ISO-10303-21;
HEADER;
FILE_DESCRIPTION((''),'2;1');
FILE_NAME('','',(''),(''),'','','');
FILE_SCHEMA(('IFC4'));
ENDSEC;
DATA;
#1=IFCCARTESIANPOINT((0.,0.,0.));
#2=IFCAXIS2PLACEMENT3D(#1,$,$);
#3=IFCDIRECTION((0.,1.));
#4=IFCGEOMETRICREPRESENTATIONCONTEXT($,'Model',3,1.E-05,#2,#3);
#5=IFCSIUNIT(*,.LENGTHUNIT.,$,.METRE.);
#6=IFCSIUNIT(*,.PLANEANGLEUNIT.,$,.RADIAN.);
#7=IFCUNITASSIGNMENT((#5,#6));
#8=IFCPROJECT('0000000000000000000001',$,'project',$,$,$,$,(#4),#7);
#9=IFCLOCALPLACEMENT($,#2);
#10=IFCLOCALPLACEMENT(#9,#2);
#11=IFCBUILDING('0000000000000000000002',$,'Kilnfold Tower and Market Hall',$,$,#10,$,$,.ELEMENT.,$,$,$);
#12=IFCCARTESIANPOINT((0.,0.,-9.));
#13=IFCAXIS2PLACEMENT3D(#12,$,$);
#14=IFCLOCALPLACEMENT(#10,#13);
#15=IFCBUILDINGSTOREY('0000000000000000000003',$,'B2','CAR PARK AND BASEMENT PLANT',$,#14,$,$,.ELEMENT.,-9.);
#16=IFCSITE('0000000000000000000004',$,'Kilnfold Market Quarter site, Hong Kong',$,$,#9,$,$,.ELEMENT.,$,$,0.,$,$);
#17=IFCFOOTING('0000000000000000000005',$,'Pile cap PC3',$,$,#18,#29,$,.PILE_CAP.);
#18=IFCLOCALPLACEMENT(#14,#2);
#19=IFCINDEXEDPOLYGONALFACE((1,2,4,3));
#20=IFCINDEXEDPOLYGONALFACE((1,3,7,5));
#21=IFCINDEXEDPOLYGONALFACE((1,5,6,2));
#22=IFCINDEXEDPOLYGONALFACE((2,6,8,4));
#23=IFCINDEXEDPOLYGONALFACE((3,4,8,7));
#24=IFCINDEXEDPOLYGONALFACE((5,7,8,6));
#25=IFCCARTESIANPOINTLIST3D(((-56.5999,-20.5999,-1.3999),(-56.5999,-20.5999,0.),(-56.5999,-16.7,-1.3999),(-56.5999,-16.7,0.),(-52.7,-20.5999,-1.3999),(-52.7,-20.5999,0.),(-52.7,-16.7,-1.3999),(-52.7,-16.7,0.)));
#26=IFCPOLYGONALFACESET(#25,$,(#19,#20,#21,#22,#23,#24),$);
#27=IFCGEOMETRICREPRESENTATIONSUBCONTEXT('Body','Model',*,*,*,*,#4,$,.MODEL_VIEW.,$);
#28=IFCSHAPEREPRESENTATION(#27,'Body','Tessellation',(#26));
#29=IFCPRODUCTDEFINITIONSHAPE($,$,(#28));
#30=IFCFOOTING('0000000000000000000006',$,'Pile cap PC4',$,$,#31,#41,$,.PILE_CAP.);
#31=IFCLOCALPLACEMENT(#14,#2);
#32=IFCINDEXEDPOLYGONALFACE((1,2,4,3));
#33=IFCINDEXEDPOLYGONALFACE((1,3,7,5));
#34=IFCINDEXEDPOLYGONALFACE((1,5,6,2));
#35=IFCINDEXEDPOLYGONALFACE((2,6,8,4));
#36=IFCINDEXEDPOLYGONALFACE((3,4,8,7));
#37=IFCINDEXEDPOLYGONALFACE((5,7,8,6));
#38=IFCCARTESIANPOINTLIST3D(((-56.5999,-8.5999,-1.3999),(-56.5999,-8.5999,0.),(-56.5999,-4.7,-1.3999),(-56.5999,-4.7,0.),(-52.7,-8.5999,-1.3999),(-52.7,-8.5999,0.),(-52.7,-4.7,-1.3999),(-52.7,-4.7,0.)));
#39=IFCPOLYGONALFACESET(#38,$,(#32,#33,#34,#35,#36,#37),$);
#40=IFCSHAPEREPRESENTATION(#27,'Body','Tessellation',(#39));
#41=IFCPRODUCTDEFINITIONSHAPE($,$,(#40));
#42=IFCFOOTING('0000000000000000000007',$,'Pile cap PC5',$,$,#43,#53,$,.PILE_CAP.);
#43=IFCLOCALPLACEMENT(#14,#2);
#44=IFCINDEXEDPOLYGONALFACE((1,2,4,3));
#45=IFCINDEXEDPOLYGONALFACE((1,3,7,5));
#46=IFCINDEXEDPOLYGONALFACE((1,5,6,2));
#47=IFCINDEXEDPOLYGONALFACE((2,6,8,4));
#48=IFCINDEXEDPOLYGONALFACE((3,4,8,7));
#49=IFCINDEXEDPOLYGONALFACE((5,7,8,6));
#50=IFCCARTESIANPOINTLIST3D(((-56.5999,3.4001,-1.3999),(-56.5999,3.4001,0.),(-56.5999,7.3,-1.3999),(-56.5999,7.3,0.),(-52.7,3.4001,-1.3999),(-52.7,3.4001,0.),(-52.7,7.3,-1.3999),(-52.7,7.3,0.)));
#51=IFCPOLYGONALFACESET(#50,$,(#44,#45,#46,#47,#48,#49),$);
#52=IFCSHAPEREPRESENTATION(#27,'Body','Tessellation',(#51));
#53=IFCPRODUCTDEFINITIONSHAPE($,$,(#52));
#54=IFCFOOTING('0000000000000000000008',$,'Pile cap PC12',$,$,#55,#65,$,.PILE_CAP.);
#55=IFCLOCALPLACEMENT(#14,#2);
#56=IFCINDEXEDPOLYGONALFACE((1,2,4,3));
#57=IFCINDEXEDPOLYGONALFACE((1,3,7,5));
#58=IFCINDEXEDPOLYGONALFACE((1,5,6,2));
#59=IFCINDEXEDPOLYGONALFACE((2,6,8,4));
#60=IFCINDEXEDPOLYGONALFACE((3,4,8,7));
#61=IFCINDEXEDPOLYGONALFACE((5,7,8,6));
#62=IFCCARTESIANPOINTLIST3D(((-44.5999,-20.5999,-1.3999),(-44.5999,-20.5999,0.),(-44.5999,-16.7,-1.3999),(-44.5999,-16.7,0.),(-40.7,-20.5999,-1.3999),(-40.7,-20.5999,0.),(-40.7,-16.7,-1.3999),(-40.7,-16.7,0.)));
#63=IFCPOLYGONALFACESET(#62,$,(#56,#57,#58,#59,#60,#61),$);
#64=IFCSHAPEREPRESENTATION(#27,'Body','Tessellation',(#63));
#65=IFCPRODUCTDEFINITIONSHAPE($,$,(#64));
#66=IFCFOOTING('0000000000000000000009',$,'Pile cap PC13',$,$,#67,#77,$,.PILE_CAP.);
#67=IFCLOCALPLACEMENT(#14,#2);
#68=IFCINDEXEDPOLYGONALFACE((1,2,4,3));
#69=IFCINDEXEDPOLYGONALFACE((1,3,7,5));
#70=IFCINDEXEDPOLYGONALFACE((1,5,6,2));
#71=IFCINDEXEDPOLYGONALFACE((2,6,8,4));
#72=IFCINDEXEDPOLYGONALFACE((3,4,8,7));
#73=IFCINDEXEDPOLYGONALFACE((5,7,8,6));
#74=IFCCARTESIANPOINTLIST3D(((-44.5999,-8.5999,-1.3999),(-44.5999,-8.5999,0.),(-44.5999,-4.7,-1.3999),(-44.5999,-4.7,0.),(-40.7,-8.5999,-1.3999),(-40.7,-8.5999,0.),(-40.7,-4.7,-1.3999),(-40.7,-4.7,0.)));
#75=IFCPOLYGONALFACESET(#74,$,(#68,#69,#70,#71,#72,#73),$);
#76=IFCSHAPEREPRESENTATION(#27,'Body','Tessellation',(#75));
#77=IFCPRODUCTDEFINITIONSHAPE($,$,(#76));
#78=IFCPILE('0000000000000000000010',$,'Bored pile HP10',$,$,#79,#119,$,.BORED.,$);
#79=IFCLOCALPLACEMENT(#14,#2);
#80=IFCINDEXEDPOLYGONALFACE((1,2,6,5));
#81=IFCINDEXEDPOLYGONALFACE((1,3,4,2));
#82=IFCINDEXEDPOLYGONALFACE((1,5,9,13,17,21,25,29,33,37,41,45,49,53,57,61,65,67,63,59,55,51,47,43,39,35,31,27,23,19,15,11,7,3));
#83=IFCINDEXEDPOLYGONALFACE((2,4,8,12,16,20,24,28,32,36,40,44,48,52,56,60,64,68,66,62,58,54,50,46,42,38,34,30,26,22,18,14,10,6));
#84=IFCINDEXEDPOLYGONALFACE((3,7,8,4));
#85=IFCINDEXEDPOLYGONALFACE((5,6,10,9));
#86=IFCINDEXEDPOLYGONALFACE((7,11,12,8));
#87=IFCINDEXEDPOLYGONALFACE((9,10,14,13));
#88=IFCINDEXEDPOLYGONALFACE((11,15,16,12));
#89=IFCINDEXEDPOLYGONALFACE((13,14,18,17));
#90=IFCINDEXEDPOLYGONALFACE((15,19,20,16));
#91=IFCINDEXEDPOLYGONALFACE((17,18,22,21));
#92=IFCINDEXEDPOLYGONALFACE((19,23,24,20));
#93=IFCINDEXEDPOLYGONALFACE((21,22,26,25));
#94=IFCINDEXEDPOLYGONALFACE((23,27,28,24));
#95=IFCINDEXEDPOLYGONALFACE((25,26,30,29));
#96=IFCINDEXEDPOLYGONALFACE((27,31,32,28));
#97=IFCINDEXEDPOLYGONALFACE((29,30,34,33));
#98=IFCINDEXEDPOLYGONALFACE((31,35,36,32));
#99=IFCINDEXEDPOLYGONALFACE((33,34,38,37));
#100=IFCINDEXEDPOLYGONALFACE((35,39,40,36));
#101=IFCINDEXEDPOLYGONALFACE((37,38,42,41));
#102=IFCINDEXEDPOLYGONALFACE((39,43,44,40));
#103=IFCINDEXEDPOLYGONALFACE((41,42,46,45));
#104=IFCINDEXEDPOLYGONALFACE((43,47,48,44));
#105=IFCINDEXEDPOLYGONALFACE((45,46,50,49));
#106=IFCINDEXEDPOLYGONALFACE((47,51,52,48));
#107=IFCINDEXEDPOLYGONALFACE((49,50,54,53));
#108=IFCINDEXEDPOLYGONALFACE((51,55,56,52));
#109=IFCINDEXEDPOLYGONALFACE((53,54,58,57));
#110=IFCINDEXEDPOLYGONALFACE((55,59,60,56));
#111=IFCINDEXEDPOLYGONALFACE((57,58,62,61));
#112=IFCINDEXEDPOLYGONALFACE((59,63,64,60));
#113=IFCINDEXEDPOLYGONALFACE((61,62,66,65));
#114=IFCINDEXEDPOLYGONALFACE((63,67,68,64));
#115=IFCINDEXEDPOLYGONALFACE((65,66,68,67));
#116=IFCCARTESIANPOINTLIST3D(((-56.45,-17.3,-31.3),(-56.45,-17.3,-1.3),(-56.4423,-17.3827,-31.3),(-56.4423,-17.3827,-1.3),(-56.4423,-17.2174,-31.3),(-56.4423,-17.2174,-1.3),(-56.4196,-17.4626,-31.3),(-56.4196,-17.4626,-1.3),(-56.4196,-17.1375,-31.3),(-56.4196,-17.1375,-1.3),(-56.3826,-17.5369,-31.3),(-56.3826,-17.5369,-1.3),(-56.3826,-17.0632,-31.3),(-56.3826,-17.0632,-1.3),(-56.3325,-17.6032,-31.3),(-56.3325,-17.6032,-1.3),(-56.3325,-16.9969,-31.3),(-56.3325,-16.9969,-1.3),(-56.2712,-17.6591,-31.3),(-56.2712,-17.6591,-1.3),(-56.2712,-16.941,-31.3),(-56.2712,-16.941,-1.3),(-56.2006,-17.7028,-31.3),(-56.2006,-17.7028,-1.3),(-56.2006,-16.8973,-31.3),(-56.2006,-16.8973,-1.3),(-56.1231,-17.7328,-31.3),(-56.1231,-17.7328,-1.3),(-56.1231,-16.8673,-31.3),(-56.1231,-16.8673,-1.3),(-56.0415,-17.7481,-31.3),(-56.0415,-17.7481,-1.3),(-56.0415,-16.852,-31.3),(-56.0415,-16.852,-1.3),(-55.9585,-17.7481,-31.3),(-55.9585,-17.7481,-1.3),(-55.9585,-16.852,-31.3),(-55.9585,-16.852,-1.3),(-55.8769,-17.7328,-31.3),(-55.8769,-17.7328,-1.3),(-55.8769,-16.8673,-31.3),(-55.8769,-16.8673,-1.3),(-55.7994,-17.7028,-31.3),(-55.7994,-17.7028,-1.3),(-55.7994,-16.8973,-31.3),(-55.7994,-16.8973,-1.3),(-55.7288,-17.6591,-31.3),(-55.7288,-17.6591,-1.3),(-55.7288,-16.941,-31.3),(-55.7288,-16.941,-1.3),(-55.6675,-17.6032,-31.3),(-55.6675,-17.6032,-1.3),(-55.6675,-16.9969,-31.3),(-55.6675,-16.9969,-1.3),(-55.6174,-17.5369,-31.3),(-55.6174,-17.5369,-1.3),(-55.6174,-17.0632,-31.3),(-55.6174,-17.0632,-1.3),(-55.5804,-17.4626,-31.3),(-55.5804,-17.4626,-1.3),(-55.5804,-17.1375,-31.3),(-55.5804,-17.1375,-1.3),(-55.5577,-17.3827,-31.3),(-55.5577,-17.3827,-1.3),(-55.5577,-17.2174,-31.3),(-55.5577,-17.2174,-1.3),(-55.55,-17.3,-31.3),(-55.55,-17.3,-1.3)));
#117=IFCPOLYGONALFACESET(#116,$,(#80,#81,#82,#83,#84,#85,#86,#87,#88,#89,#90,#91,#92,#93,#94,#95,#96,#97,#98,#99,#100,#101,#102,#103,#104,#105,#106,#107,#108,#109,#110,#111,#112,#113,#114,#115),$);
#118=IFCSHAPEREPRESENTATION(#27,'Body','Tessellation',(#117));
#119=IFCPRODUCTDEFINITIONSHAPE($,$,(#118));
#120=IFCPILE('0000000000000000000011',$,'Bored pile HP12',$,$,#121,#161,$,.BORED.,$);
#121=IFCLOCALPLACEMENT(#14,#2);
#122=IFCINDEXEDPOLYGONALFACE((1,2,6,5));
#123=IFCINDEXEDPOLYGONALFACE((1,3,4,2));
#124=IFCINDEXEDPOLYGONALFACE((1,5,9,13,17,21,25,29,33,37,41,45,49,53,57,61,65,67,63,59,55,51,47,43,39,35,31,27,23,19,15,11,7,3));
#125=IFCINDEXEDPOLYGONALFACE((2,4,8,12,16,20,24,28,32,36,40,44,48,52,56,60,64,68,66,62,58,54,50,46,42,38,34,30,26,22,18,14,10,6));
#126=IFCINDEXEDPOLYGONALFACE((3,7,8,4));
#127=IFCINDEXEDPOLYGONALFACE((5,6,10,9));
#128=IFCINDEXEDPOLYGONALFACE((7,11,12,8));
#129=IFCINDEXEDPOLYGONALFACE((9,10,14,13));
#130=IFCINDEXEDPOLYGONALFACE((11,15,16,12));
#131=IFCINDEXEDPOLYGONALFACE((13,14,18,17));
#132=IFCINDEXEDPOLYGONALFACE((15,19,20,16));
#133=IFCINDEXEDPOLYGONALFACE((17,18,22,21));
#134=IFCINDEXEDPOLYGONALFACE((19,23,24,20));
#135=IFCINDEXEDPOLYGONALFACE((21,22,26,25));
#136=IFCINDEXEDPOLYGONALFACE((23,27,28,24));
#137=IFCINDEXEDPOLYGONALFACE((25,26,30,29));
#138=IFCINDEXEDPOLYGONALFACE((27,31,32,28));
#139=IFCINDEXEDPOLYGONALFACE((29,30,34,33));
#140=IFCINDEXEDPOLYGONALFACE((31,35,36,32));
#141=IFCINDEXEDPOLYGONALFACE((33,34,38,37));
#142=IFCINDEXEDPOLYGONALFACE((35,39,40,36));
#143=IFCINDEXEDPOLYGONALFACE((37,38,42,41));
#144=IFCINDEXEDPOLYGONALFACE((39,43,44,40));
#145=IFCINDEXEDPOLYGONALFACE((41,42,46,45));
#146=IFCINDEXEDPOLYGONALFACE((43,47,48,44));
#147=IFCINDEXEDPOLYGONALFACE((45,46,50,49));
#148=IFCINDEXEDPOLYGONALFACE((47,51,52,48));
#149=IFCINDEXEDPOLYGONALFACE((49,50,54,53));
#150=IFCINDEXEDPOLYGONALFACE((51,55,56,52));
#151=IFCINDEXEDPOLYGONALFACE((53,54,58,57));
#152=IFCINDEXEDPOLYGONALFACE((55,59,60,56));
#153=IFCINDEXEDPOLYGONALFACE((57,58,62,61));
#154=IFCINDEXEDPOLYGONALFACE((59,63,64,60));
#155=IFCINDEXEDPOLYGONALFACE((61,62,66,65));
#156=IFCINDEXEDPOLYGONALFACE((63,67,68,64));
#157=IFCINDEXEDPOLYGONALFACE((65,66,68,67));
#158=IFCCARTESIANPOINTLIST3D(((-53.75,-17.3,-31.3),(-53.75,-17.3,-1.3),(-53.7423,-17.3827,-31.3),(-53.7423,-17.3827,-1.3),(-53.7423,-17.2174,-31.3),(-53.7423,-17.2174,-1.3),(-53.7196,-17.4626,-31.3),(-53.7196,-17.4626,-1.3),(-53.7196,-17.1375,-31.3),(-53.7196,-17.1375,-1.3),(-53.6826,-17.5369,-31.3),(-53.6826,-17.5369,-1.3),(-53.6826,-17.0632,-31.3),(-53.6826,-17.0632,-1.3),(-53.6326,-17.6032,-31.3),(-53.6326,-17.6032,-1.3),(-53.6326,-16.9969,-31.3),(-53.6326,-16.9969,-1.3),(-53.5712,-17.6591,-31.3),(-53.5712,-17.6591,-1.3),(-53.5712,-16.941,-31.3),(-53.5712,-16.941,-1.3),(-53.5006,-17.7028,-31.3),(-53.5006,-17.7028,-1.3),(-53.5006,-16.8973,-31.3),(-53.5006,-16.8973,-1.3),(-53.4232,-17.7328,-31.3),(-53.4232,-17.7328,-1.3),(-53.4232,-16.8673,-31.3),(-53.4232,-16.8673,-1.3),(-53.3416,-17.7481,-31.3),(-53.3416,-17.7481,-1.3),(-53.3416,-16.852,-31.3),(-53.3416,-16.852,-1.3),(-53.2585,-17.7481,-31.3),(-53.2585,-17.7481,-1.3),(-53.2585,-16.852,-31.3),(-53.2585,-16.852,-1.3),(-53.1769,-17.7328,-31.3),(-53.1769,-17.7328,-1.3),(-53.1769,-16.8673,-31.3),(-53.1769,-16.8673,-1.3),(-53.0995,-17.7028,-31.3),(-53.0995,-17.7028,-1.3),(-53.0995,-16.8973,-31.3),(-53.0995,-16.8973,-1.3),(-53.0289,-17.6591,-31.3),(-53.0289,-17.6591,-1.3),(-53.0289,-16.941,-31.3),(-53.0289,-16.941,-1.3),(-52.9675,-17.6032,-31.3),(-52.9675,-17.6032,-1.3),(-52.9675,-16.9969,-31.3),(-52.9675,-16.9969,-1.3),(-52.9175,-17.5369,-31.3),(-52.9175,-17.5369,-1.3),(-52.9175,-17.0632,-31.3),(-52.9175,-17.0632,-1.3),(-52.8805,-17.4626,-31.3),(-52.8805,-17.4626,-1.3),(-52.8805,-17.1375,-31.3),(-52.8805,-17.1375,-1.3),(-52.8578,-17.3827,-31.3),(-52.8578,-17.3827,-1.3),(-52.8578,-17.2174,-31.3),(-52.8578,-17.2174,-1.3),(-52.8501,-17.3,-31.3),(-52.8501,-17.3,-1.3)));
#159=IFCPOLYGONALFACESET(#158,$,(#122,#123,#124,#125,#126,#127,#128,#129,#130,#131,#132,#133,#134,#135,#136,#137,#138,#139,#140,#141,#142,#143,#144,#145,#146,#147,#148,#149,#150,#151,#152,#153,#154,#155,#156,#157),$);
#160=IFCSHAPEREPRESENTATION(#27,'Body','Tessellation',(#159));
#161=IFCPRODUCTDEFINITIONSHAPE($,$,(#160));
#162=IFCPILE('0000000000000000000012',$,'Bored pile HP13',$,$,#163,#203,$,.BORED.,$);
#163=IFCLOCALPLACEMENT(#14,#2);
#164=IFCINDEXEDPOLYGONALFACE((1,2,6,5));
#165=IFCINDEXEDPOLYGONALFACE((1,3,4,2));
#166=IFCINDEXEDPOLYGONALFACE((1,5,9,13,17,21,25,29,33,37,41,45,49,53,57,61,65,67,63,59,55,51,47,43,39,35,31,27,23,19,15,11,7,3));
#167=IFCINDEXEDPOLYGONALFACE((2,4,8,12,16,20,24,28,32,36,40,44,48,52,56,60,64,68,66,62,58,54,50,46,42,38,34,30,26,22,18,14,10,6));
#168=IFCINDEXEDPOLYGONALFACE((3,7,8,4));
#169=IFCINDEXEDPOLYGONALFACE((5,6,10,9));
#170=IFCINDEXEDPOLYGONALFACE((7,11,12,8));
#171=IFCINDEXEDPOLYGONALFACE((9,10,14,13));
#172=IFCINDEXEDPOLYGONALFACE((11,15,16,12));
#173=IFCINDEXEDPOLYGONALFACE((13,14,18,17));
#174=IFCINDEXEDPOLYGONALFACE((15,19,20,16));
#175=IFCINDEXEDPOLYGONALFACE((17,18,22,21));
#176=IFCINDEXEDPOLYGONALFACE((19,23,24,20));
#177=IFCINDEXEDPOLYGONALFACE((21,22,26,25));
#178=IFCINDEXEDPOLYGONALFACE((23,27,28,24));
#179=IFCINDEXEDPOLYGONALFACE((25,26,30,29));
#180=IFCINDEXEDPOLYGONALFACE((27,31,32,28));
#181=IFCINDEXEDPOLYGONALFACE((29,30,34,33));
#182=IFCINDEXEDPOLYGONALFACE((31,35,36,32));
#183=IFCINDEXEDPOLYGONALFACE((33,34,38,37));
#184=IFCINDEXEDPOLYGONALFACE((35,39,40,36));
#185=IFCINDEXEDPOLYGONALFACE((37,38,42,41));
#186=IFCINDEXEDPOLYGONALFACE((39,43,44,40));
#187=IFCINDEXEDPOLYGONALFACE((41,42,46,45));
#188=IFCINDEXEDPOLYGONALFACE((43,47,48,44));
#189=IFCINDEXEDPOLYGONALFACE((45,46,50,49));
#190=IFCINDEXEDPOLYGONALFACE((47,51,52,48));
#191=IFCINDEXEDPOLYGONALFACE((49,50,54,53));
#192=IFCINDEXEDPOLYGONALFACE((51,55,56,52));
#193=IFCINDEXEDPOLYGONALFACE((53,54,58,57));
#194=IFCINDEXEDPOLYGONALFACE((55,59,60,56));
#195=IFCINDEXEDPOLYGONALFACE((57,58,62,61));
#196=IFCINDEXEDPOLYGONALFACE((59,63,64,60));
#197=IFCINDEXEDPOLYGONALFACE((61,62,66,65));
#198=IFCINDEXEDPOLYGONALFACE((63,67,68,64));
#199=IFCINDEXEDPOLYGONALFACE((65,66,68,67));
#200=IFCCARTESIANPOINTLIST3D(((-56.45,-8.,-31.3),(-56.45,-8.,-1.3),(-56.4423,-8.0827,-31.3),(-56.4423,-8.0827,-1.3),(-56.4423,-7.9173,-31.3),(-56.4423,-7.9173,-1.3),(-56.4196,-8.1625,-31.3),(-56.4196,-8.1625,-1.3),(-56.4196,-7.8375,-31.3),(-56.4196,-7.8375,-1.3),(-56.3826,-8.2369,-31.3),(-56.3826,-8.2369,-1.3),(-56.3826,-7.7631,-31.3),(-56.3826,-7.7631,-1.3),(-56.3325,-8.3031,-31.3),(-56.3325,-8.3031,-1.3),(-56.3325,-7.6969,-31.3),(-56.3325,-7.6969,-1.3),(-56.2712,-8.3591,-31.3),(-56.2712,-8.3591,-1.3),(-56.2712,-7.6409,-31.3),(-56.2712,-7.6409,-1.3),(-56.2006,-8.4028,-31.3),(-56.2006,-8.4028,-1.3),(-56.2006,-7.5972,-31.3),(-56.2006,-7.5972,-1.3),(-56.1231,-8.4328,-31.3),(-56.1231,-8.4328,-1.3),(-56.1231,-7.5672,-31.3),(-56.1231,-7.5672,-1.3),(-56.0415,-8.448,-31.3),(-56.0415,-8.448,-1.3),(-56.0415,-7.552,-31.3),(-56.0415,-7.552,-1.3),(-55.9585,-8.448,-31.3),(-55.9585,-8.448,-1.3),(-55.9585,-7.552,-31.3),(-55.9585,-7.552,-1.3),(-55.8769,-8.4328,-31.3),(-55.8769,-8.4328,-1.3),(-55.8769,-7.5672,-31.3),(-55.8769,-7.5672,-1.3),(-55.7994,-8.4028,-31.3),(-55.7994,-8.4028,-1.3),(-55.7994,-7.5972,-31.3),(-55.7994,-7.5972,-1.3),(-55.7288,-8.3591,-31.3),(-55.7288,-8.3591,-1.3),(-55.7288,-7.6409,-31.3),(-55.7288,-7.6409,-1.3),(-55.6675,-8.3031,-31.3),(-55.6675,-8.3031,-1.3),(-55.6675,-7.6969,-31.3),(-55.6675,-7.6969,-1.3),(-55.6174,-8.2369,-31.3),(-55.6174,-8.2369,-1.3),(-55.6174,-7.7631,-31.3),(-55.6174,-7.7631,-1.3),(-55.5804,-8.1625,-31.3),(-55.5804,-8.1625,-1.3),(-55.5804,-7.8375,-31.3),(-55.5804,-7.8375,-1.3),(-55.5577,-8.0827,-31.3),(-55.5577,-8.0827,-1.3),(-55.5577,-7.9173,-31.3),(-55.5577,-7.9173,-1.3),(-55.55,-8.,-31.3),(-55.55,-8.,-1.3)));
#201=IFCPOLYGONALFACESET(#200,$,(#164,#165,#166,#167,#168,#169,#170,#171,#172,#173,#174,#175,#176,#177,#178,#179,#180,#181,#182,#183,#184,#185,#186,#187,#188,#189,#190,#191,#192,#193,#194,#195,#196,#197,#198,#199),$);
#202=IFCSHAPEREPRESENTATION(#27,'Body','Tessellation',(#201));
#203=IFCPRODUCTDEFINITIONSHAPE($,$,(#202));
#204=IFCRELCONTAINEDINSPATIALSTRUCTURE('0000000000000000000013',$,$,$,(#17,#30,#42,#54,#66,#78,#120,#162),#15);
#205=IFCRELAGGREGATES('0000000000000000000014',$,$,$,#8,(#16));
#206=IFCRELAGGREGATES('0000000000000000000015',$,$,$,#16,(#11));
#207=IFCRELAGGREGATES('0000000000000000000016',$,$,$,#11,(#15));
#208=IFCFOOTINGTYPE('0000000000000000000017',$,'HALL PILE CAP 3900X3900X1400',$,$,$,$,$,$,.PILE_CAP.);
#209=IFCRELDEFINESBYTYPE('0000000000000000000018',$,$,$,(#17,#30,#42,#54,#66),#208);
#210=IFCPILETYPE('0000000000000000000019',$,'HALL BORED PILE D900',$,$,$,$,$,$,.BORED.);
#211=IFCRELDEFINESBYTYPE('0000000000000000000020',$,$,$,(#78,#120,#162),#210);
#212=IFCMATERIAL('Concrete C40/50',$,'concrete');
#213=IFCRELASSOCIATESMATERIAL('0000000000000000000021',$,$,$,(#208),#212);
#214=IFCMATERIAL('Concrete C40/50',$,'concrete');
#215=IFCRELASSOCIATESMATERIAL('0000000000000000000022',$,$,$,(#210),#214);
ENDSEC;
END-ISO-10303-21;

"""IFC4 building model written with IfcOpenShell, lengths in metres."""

from ifc_helpers import new_model, si_unit, direction, frame, origin, origin_2d, place, context, subcontext, project, spatial, rectangle, circle, extrude, source, transform, mapped, material, material_profile, profile_set, type_object, element, save


model = new_model("IFC4")

# Units and contexts
model_context = context("Model", 3, precision=1e-05, world=origin(), true_north=direction((0.0, 1.0)))
body_context = subcontext(model_context, "Body", "Model", "MODEL_VIEW")
ifc_project = project(units=[si_unit("LENGTHUNIT", "METRE"), si_unit("PLANEANGLEUNIT", "RADIAN")], contexts=[model_context])

# Site, building, storey
site_placement = place(None, origin())
site = spatial("IfcSite", under=ifc_project, at=site_placement, Name="Kilnfold Market Quarter site, Hong Kong", CompositionType="ELEMENT", RefElevation=0.0)
building_placement = place(site_placement, origin())
building = spatial("IfcBuilding", under=site, at=building_placement, Name="Kilnfold Tower and Market Hall", CompositionType="ELEMENT")
storey_placement = place(building_placement, frame((0.0, 0.0, -9.0)))
storey = spatial("IfcBuildingStorey", under=building, at=storey_placement, Name="B2", Description="CAR PARK AND BASEMENT PLANT", CompositionType="ELEMENT", Elevation=-9.0)

# Footings
ifc_material_1 = material(Name="Concrete C40/50", Category="concrete")
footing_type = type_object("IfcFootingType", Name="HALL PILE CAP 3900X3900X1400", PredefinedType="PILE_CAP", material=ifc_material_1)
shared_shape_1 = source(origin(), body_context, "Body", "SweptSolid", [
    extrude(rectangle(XDim=3.8999, YDim=3.8999, at=origin_2d()), origin(), (0.0, 0.0, 1.0), 1.3999),
])
for number, where, z_axis, x_axis, name in (
    (1, (-54.6499, -18.6499, -1.3999), (0.0, 0.0, 1.0), (1.0, 0.0, 0.0), "Pile cap PC3"),
    (2, (-54.6499, -6.6499, -1.3999), (0.0, 0.0, 1.0), (1.0, 0.0, 0.0), "Pile cap PC4"),
    (3, (-54.6499, 5.3501, -1.3999), (0.0, 0.0, 1.0), (1.0, 0.0, 0.0), "Pile cap PC5"),
    (4, (-42.6499, -18.6499, -1.3999), (0.0, 0.0, 1.0), (1.0, 0.0, 0.0), "Pile cap PC12"),
    (5, (-42.6499, -6.6499, -1.3999), (0.0, 0.0, 1.0), (1.0, 0.0, 0.0), "Pile cap PC13"),
):
    element("IfcFooting", number, at=place(storey_placement, frame(where, z_axis=z_axis, x_axis=x_axis)), inside=storey, type_object=footing_type, Name=name, PredefinedType="PILE_CAP", context=body_context, shape_type="MappedRepresentation", body=[
        mapped(shared_shape_1, transform((0.0, 0.0, 0.0))),
    ])

# Piles
ifc_material_2 = material(Name="Concrete C40/50", Category="concrete")
ifc_material_profile_1 = material_profile(ifc_material_2, circle(Radius=0.45, at=origin_2d()), Name="D900")
ifc_profile_set_1 = profile_set([ifc_material_profile_1], Name="Concrete C40/50")
pile_type = type_object("IfcPileType", Name="HALL BORED PILE D900", PredefinedType="BORED", material=ifc_profile_set_1)
shared_shape_2 = source(origin(), body_context, "Body", "SweptSolid", [
    extrude(circle(Radius=0.45, at=origin_2d()), origin(), (0.0, 0.0, 1.0), 30.0),
])
for number, where, z_axis, x_axis, name in (
    (6, (-56.0, -17.3, -1.3), (0.0, 0.0, -1.0), (1.0, 0.0, 0.0), "Bored pile HP10"),
    (7, (-53.3, -17.3, -1.3), (0.0, 0.0, -1.0), (1.0, 0.0, 0.0), "Bored pile HP12"),
    (8, (-56.0, -8.0, -1.3), (0.0, 0.0, -1.0), (1.0, 0.0, 0.0), "Bored pile HP13"),
):
    element("IfcPile", number, at=place(storey_placement, frame(where, z_axis=z_axis, x_axis=x_axis)), inside=storey, type_object=pile_type, Name=name, PredefinedType="BORED", context=body_context, shape_type="MappedRepresentation", body=[
        mapped(shared_shape_2, transform((0.0, 0.0, 0.0))),
    ])

save(model, "model.ifc")
